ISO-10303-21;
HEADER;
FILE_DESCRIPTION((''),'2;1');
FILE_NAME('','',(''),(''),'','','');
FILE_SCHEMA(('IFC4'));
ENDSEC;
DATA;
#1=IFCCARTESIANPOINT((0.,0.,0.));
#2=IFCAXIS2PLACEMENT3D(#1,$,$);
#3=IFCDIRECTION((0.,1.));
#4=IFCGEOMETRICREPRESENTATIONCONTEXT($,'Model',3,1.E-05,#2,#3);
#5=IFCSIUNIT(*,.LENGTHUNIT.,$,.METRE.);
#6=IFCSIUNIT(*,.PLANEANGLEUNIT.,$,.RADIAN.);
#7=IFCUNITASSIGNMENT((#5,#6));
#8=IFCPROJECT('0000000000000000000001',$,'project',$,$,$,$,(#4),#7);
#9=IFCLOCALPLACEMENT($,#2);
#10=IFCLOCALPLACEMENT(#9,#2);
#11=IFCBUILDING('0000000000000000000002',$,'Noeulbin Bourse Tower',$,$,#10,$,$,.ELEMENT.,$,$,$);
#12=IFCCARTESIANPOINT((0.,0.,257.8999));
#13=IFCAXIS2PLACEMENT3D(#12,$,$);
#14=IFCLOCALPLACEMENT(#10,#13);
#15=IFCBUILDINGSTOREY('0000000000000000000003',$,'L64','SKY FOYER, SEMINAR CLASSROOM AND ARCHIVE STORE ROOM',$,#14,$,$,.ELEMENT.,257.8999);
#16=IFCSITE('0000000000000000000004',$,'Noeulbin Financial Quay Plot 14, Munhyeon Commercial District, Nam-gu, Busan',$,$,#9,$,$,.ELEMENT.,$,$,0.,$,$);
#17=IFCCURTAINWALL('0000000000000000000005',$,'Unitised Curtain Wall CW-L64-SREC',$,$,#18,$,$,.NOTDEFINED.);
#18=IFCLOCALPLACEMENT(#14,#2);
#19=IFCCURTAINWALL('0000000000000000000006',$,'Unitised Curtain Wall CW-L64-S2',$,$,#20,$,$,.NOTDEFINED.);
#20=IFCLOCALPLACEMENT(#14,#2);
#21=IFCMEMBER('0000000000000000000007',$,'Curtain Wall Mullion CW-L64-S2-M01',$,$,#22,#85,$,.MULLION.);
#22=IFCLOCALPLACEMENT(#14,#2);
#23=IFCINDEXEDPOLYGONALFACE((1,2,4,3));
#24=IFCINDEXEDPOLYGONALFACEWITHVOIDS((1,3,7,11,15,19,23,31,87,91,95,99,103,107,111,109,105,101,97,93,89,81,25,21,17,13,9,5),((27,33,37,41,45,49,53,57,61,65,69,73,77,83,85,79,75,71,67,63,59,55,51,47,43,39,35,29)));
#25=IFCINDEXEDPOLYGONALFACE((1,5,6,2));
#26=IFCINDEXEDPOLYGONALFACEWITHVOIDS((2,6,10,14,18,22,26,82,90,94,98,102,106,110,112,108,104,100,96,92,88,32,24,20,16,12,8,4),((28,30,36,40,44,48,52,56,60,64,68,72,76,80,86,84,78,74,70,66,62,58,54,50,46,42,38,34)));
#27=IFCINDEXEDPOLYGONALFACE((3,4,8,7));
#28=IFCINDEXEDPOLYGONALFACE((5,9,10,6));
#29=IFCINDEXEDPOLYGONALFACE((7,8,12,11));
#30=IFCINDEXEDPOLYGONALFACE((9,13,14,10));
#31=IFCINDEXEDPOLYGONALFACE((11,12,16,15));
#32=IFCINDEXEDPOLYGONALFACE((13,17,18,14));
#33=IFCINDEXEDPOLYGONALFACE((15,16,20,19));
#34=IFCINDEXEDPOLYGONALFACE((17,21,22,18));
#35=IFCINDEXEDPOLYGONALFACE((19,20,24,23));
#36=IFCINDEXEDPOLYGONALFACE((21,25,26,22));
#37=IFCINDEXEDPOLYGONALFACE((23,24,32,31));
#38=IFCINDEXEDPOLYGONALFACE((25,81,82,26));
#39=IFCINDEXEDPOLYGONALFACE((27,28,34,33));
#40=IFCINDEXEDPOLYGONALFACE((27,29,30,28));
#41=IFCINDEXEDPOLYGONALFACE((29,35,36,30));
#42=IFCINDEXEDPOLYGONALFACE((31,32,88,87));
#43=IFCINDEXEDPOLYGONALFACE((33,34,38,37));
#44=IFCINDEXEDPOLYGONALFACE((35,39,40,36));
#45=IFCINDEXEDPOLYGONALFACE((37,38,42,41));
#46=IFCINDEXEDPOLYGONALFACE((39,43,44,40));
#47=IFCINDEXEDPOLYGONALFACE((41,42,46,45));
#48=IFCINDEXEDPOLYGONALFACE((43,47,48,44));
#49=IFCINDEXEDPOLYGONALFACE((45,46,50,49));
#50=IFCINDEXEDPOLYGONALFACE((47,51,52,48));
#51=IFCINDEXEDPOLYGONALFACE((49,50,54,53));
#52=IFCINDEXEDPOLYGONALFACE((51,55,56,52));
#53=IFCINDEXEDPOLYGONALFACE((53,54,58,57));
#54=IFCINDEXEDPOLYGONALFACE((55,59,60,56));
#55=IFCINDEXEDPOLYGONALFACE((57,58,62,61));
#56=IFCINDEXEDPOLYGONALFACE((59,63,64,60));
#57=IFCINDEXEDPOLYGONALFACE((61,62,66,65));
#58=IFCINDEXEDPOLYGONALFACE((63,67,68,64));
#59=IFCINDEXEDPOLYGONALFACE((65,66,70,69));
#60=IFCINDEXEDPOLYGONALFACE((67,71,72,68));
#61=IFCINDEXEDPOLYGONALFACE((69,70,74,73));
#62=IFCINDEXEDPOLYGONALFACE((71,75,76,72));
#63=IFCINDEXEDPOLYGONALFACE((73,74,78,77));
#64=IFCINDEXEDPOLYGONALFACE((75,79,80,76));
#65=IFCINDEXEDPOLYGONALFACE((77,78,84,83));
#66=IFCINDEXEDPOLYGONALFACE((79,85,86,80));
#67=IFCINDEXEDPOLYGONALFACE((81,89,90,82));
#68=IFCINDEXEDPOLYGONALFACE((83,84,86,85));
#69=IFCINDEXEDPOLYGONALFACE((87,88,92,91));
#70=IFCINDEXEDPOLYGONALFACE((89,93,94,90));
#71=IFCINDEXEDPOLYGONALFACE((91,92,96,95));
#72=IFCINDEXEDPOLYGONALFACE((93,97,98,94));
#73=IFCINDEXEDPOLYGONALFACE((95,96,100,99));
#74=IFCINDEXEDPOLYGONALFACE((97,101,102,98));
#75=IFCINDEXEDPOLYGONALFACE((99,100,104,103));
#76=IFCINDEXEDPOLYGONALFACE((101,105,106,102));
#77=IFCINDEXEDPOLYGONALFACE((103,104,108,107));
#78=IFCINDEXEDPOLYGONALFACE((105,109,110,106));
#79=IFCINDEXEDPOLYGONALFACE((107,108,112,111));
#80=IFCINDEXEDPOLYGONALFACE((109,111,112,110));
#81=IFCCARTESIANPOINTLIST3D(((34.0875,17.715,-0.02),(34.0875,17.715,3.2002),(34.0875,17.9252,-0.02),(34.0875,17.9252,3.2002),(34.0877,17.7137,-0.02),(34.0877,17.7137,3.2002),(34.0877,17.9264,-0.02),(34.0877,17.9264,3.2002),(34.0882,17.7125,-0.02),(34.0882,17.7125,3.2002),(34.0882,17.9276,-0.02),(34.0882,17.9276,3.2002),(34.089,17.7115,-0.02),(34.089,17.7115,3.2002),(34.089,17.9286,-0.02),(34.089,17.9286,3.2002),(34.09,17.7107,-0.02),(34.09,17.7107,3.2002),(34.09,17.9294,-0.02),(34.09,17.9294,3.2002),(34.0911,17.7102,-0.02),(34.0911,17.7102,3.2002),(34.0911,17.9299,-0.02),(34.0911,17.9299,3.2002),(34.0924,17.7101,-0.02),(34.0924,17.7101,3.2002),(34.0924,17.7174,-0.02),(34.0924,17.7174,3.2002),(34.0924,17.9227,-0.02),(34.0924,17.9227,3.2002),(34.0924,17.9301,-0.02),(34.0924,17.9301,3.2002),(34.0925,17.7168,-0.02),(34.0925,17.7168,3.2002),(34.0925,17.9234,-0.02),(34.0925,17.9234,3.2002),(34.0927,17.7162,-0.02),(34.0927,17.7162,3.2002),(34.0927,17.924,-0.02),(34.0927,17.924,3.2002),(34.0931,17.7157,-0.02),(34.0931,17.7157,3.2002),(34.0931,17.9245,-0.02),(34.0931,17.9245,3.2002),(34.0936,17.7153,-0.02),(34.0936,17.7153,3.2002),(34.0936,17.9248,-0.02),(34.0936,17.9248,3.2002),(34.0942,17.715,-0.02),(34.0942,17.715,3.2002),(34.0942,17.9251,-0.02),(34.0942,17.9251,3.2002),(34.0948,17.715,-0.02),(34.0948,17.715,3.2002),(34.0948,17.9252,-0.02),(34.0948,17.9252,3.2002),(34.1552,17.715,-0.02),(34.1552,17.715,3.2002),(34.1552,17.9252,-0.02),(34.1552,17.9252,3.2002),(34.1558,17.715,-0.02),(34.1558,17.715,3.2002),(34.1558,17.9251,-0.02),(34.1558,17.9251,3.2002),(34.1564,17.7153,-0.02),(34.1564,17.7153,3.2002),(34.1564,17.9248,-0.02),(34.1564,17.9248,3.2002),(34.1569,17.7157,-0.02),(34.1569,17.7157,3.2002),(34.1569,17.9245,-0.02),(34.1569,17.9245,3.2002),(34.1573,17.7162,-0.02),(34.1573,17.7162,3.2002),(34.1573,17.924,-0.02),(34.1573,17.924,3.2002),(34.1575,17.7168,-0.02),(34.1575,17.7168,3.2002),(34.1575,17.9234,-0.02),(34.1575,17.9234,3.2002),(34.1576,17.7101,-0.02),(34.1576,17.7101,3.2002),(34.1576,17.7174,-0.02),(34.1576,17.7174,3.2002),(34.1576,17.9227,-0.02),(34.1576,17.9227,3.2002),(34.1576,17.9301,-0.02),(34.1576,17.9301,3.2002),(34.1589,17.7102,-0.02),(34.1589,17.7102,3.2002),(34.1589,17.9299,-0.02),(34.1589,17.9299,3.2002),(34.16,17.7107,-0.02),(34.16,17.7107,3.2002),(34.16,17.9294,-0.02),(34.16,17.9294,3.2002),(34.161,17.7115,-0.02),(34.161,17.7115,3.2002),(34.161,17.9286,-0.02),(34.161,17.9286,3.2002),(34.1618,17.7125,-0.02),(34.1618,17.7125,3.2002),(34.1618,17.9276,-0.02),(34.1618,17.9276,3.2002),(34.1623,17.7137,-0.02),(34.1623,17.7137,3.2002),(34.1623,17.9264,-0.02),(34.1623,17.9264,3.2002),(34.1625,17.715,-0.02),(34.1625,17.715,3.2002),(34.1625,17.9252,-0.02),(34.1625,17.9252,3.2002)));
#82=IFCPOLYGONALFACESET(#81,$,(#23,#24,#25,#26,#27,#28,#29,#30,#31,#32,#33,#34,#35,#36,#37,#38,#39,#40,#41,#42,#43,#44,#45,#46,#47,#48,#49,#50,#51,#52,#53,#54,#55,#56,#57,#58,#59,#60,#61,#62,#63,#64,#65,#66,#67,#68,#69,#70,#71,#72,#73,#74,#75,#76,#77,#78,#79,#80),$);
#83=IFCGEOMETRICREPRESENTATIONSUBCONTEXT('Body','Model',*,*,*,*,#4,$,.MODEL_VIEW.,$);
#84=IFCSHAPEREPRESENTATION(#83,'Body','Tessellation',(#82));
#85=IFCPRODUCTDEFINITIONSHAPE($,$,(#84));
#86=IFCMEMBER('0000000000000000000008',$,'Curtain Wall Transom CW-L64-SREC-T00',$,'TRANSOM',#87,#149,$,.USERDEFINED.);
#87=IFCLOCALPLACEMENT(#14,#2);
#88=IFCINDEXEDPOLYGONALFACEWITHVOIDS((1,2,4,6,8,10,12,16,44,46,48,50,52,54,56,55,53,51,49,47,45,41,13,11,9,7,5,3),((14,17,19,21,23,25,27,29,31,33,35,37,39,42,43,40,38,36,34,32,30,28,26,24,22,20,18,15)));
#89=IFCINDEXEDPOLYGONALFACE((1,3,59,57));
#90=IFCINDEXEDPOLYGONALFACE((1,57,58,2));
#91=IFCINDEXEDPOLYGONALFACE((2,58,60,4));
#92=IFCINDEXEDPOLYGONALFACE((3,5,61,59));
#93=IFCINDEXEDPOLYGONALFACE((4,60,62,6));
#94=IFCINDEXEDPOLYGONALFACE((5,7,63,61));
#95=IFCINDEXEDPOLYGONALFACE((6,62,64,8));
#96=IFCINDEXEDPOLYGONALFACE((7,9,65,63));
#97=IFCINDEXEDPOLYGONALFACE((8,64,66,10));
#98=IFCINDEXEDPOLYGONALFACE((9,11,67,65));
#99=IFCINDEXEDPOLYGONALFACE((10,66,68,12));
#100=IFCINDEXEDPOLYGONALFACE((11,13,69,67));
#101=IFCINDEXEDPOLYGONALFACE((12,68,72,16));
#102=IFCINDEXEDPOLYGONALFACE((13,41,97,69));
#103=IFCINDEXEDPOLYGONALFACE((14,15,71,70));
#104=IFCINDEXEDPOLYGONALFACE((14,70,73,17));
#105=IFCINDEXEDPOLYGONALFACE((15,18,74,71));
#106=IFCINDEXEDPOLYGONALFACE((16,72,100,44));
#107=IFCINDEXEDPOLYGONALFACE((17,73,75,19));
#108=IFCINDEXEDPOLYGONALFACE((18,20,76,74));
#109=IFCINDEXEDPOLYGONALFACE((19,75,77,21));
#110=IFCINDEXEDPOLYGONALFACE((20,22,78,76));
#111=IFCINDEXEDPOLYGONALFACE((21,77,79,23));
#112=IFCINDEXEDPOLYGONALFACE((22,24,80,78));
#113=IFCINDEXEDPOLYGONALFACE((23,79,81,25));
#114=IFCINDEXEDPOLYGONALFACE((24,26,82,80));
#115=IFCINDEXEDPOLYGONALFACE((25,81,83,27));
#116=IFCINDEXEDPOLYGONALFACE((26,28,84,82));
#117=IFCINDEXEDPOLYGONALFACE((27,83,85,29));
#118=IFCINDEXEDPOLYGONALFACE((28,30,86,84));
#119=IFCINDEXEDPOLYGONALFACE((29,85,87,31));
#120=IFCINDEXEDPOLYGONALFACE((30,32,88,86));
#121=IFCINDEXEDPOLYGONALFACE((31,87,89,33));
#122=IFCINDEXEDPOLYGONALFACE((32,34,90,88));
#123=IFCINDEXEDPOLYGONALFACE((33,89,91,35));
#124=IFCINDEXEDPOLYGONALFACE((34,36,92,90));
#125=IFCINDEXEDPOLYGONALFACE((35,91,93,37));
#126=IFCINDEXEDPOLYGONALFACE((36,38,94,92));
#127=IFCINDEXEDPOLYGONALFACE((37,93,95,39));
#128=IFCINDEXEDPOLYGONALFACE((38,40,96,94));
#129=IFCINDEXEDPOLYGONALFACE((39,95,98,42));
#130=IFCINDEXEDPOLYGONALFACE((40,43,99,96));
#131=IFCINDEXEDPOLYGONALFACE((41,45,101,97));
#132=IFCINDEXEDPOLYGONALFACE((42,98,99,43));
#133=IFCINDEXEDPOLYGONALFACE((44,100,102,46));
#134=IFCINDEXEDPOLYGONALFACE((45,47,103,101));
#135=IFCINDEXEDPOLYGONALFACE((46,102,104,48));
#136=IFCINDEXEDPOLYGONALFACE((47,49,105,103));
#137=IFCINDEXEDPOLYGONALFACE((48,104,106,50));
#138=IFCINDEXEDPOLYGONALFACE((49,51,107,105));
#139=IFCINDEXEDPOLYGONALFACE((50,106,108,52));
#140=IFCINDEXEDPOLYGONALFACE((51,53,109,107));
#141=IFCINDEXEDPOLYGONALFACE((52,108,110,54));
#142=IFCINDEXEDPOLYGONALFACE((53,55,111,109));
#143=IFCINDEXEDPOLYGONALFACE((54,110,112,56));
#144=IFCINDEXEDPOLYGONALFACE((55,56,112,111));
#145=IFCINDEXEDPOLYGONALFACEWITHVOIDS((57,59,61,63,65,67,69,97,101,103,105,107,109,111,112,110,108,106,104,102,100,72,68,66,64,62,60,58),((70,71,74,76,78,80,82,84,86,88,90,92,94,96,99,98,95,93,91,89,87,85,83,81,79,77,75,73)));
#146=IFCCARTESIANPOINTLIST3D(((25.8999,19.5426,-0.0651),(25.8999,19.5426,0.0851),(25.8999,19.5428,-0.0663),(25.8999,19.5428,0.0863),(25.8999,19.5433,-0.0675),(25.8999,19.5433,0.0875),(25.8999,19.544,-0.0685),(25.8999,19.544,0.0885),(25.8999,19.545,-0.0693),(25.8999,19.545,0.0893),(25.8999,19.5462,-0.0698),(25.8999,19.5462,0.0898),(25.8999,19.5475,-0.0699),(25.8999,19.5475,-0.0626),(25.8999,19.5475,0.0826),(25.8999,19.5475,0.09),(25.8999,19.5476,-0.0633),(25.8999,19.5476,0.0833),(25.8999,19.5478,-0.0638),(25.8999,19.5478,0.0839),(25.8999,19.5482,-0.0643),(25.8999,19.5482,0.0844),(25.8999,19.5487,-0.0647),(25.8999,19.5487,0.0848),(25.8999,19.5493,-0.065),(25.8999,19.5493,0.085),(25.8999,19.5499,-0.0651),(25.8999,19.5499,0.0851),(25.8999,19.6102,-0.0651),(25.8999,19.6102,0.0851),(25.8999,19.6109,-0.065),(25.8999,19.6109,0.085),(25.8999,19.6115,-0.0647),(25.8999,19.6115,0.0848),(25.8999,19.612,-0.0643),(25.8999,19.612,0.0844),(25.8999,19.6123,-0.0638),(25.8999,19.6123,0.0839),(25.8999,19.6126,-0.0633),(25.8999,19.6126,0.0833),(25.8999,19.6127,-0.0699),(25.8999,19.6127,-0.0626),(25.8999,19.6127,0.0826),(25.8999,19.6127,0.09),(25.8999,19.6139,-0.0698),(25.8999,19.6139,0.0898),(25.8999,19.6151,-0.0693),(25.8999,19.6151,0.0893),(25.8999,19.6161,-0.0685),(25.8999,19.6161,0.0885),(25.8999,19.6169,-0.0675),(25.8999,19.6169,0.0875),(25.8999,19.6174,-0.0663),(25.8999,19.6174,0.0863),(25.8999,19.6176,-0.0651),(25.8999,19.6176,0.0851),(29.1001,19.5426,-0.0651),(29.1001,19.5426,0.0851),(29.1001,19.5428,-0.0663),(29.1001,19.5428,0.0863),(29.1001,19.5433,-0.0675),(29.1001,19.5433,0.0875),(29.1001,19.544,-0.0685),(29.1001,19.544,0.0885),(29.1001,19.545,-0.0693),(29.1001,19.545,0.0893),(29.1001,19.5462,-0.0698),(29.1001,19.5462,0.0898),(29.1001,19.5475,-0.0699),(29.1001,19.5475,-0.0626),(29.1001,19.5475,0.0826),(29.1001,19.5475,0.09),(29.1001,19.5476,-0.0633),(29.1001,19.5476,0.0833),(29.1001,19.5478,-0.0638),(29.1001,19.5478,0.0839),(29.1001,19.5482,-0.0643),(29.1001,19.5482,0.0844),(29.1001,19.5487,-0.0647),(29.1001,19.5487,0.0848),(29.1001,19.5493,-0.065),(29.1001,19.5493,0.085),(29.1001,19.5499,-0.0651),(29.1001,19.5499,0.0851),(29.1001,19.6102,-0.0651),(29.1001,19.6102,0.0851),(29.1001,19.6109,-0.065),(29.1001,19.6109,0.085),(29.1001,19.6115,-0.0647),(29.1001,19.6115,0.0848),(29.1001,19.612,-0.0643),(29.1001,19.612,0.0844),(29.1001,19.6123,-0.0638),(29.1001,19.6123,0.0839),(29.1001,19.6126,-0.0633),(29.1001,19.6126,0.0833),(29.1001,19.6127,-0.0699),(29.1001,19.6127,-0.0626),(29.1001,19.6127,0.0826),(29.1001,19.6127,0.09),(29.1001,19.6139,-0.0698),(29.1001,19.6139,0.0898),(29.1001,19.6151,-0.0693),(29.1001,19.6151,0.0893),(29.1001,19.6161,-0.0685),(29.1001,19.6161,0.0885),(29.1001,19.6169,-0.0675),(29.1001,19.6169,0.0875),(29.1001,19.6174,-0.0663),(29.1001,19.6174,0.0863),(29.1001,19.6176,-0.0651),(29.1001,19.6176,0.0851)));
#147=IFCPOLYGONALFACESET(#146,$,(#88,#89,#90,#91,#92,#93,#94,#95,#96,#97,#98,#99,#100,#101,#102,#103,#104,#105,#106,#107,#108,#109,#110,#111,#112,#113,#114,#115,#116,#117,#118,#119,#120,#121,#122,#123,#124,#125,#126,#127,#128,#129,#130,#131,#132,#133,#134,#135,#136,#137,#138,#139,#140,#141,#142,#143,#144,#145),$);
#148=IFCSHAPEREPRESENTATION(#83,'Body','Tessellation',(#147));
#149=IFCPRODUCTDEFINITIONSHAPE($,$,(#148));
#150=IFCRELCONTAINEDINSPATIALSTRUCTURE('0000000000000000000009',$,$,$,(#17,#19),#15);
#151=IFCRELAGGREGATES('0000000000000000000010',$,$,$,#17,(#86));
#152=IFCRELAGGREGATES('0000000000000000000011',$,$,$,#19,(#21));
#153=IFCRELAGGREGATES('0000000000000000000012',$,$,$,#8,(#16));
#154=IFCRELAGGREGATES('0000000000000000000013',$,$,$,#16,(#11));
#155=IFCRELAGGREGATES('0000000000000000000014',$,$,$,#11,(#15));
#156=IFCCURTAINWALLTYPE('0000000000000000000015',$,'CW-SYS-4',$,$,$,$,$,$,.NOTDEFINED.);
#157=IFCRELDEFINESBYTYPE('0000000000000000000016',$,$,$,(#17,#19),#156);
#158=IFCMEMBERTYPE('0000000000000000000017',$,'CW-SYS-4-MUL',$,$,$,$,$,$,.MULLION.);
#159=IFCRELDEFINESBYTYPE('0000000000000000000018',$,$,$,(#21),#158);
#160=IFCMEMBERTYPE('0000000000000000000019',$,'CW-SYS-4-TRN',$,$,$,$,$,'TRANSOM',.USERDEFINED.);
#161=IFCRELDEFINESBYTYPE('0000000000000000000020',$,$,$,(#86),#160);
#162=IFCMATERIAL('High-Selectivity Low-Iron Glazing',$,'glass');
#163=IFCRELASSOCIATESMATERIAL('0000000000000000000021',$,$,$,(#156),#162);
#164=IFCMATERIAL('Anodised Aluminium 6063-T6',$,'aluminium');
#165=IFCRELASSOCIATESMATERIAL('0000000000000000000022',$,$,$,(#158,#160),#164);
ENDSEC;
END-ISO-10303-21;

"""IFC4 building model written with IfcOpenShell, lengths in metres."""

from ifc_helpers import new_model, si_unit, direction, frame, origin, origin_2d, place, context, subcontext, project, spatial, hollow_rectangle, extrude, material, material_profile, profile_set, type_object, element, aggregate, save


model = new_model("IFC4")

# Units and contexts
model_context = context("Model", 3, precision=1e-05, world=origin(), true_north=direction((0.0, 1.0)))
body_context = subcontext(model_context, "Body", "Model", "MODEL_VIEW")
ifc_project = project(units=[si_unit("LENGTHUNIT", "METRE"), si_unit("PLANEANGLEUNIT", "RADIAN")], contexts=[model_context])

# Site, building, storey
site_placement = place(None, origin())
site = spatial("IfcSite", under=ifc_project, at=site_placement, Name="Noeulbin Financial Quay Plot 14, Munhyeon Commercial District, Nam-gu, Busan", CompositionType="ELEMENT", RefElevation=0.0)
building_placement = place(site_placement, origin())
building = spatial("IfcBuilding", under=site, at=building_placement, Name="Noeulbin Bourse Tower", CompositionType="ELEMENT")
storey_placement = place(building_placement, frame((0.0, 0.0, 257.8999)))
storey = spatial("IfcBuildingStorey", under=building, at=storey_placement, Name="L64", Description="SKY FOYER, SEMINAR CLASSROOM AND ARCHIVE STORE ROOM", CompositionType="ELEMENT", Elevation=257.8999)

# Curtain wall
ifc_material_1 = material(Name="High-Selectivity Low-Iron Glazing", Category="glass")
curtain_wall_type = type_object("IfcCurtainWallType", Name="CW-SYS-4", PredefinedType="NOTDEFINED", material=ifc_material_1)
curtain_wall_1_placement = place(storey_placement, origin())
curtain_wall_1 = element("IfcCurtainWall", 1, at=curtain_wall_1_placement, inside=storey, type_object=curtain_wall_type, Name="Unitised Curtain Wall CW-L64-SREC", PredefinedType="NOTDEFINED")
ifc_material_2 = material(Name="Anodised Aluminium 6063-T6", Category="aluminium")
ifc_material_profile_1 = material_profile(ifc_material_2, hollow_rectangle(XDim=0.075, YDim=0.22, WallThickness=0.0049, InnerFilletRadius=0.0024, OuterFilletRadius=0.0049, at=origin_2d()), Name="ALU-MULL-75x220x5", Category="LoadBearing")
ifc_profile_set_1 = profile_set([ifc_material_profile_1], Name="Anodised Aluminium 6063-T6")
member_type_1 = type_object("IfcMemberType", Name="CW-SYS-4-MUL", PredefinedType="MULLION", material=ifc_profile_set_1)

# Curtain wall, member
curtain_wall_2_placement = place(storey_placement, origin())
curtain_wall_2 = element("IfcCurtainWall", 2, at=curtain_wall_2_placement, inside=storey, type_object=curtain_wall_type, Name="Unitised Curtain Wall CW-L64-S2", PredefinedType="NOTDEFINED")
member_1_placement = place(storey_placement, frame((34.125, 17.8201, -0.02), z_axis=(0.0, 0.0, 1.0), x_axis=(1.0, 0.0, 0.0)))
member_1 = element("IfcMember", 3, at=member_1_placement, type_object=member_type_1, Name="Curtain Wall Mullion CW-L64-S2-M01", PredefinedType="MULLION", context=body_context, shape_type="SweptSolid", body=[
    extrude(hollow_rectangle(XDim=0.075, YDim=0.22, WallThickness=0.0049, InnerFilletRadius=0.0024, OuterFilletRadius=0.0049, at=origin_2d()), origin(), (0.0, 0.0, 1.0), 3.2202),
])

# Member
ifc_material_profile_2 = material_profile(ifc_material_2, hollow_rectangle(XDim=0.075, YDim=0.1599, WallThickness=0.0049, InnerFilletRadius=0.0024, OuterFilletRadius=0.0049, at=origin_2d()), Name="ALU-TRAN-75x160x5", Category="LoadBearing")
ifc_profile_set_2 = profile_set([ifc_material_profile_2], Name="Anodised Aluminium 6063-T6")
member_type_2 = type_object("IfcMemberType", Name="CW-SYS-4-TRN", ElementType="TRANSOM", PredefinedType="USERDEFINED", material=ifc_profile_set_2)
member_2_placement = place(storey_placement, frame((25.8999, 19.5801, 0.01), z_axis=(1.0, 0.0, 0.0), x_axis=(0.0, 1.0, 0.0)))
member_2 = element("IfcMember", 4, at=member_2_placement, type_object=member_type_2, Name="Curtain Wall Transom CW-L64-SREC-T00", ObjectType="TRANSOM", PredefinedType="USERDEFINED", context=body_context, shape_type="SweptSolid", body=[
    extrude(hollow_rectangle(XDim=0.075, YDim=0.1599, WallThickness=0.0049, InnerFilletRadius=0.0024, OuterFilletRadius=0.0049, at=origin_2d()), origin(), (0.0, 0.0, 1.0), 3.2002),
])

aggregate(curtain_wall_1, [member_2])
aggregate(curtain_wall_2, [member_1])

save(model, "model.ifc")
